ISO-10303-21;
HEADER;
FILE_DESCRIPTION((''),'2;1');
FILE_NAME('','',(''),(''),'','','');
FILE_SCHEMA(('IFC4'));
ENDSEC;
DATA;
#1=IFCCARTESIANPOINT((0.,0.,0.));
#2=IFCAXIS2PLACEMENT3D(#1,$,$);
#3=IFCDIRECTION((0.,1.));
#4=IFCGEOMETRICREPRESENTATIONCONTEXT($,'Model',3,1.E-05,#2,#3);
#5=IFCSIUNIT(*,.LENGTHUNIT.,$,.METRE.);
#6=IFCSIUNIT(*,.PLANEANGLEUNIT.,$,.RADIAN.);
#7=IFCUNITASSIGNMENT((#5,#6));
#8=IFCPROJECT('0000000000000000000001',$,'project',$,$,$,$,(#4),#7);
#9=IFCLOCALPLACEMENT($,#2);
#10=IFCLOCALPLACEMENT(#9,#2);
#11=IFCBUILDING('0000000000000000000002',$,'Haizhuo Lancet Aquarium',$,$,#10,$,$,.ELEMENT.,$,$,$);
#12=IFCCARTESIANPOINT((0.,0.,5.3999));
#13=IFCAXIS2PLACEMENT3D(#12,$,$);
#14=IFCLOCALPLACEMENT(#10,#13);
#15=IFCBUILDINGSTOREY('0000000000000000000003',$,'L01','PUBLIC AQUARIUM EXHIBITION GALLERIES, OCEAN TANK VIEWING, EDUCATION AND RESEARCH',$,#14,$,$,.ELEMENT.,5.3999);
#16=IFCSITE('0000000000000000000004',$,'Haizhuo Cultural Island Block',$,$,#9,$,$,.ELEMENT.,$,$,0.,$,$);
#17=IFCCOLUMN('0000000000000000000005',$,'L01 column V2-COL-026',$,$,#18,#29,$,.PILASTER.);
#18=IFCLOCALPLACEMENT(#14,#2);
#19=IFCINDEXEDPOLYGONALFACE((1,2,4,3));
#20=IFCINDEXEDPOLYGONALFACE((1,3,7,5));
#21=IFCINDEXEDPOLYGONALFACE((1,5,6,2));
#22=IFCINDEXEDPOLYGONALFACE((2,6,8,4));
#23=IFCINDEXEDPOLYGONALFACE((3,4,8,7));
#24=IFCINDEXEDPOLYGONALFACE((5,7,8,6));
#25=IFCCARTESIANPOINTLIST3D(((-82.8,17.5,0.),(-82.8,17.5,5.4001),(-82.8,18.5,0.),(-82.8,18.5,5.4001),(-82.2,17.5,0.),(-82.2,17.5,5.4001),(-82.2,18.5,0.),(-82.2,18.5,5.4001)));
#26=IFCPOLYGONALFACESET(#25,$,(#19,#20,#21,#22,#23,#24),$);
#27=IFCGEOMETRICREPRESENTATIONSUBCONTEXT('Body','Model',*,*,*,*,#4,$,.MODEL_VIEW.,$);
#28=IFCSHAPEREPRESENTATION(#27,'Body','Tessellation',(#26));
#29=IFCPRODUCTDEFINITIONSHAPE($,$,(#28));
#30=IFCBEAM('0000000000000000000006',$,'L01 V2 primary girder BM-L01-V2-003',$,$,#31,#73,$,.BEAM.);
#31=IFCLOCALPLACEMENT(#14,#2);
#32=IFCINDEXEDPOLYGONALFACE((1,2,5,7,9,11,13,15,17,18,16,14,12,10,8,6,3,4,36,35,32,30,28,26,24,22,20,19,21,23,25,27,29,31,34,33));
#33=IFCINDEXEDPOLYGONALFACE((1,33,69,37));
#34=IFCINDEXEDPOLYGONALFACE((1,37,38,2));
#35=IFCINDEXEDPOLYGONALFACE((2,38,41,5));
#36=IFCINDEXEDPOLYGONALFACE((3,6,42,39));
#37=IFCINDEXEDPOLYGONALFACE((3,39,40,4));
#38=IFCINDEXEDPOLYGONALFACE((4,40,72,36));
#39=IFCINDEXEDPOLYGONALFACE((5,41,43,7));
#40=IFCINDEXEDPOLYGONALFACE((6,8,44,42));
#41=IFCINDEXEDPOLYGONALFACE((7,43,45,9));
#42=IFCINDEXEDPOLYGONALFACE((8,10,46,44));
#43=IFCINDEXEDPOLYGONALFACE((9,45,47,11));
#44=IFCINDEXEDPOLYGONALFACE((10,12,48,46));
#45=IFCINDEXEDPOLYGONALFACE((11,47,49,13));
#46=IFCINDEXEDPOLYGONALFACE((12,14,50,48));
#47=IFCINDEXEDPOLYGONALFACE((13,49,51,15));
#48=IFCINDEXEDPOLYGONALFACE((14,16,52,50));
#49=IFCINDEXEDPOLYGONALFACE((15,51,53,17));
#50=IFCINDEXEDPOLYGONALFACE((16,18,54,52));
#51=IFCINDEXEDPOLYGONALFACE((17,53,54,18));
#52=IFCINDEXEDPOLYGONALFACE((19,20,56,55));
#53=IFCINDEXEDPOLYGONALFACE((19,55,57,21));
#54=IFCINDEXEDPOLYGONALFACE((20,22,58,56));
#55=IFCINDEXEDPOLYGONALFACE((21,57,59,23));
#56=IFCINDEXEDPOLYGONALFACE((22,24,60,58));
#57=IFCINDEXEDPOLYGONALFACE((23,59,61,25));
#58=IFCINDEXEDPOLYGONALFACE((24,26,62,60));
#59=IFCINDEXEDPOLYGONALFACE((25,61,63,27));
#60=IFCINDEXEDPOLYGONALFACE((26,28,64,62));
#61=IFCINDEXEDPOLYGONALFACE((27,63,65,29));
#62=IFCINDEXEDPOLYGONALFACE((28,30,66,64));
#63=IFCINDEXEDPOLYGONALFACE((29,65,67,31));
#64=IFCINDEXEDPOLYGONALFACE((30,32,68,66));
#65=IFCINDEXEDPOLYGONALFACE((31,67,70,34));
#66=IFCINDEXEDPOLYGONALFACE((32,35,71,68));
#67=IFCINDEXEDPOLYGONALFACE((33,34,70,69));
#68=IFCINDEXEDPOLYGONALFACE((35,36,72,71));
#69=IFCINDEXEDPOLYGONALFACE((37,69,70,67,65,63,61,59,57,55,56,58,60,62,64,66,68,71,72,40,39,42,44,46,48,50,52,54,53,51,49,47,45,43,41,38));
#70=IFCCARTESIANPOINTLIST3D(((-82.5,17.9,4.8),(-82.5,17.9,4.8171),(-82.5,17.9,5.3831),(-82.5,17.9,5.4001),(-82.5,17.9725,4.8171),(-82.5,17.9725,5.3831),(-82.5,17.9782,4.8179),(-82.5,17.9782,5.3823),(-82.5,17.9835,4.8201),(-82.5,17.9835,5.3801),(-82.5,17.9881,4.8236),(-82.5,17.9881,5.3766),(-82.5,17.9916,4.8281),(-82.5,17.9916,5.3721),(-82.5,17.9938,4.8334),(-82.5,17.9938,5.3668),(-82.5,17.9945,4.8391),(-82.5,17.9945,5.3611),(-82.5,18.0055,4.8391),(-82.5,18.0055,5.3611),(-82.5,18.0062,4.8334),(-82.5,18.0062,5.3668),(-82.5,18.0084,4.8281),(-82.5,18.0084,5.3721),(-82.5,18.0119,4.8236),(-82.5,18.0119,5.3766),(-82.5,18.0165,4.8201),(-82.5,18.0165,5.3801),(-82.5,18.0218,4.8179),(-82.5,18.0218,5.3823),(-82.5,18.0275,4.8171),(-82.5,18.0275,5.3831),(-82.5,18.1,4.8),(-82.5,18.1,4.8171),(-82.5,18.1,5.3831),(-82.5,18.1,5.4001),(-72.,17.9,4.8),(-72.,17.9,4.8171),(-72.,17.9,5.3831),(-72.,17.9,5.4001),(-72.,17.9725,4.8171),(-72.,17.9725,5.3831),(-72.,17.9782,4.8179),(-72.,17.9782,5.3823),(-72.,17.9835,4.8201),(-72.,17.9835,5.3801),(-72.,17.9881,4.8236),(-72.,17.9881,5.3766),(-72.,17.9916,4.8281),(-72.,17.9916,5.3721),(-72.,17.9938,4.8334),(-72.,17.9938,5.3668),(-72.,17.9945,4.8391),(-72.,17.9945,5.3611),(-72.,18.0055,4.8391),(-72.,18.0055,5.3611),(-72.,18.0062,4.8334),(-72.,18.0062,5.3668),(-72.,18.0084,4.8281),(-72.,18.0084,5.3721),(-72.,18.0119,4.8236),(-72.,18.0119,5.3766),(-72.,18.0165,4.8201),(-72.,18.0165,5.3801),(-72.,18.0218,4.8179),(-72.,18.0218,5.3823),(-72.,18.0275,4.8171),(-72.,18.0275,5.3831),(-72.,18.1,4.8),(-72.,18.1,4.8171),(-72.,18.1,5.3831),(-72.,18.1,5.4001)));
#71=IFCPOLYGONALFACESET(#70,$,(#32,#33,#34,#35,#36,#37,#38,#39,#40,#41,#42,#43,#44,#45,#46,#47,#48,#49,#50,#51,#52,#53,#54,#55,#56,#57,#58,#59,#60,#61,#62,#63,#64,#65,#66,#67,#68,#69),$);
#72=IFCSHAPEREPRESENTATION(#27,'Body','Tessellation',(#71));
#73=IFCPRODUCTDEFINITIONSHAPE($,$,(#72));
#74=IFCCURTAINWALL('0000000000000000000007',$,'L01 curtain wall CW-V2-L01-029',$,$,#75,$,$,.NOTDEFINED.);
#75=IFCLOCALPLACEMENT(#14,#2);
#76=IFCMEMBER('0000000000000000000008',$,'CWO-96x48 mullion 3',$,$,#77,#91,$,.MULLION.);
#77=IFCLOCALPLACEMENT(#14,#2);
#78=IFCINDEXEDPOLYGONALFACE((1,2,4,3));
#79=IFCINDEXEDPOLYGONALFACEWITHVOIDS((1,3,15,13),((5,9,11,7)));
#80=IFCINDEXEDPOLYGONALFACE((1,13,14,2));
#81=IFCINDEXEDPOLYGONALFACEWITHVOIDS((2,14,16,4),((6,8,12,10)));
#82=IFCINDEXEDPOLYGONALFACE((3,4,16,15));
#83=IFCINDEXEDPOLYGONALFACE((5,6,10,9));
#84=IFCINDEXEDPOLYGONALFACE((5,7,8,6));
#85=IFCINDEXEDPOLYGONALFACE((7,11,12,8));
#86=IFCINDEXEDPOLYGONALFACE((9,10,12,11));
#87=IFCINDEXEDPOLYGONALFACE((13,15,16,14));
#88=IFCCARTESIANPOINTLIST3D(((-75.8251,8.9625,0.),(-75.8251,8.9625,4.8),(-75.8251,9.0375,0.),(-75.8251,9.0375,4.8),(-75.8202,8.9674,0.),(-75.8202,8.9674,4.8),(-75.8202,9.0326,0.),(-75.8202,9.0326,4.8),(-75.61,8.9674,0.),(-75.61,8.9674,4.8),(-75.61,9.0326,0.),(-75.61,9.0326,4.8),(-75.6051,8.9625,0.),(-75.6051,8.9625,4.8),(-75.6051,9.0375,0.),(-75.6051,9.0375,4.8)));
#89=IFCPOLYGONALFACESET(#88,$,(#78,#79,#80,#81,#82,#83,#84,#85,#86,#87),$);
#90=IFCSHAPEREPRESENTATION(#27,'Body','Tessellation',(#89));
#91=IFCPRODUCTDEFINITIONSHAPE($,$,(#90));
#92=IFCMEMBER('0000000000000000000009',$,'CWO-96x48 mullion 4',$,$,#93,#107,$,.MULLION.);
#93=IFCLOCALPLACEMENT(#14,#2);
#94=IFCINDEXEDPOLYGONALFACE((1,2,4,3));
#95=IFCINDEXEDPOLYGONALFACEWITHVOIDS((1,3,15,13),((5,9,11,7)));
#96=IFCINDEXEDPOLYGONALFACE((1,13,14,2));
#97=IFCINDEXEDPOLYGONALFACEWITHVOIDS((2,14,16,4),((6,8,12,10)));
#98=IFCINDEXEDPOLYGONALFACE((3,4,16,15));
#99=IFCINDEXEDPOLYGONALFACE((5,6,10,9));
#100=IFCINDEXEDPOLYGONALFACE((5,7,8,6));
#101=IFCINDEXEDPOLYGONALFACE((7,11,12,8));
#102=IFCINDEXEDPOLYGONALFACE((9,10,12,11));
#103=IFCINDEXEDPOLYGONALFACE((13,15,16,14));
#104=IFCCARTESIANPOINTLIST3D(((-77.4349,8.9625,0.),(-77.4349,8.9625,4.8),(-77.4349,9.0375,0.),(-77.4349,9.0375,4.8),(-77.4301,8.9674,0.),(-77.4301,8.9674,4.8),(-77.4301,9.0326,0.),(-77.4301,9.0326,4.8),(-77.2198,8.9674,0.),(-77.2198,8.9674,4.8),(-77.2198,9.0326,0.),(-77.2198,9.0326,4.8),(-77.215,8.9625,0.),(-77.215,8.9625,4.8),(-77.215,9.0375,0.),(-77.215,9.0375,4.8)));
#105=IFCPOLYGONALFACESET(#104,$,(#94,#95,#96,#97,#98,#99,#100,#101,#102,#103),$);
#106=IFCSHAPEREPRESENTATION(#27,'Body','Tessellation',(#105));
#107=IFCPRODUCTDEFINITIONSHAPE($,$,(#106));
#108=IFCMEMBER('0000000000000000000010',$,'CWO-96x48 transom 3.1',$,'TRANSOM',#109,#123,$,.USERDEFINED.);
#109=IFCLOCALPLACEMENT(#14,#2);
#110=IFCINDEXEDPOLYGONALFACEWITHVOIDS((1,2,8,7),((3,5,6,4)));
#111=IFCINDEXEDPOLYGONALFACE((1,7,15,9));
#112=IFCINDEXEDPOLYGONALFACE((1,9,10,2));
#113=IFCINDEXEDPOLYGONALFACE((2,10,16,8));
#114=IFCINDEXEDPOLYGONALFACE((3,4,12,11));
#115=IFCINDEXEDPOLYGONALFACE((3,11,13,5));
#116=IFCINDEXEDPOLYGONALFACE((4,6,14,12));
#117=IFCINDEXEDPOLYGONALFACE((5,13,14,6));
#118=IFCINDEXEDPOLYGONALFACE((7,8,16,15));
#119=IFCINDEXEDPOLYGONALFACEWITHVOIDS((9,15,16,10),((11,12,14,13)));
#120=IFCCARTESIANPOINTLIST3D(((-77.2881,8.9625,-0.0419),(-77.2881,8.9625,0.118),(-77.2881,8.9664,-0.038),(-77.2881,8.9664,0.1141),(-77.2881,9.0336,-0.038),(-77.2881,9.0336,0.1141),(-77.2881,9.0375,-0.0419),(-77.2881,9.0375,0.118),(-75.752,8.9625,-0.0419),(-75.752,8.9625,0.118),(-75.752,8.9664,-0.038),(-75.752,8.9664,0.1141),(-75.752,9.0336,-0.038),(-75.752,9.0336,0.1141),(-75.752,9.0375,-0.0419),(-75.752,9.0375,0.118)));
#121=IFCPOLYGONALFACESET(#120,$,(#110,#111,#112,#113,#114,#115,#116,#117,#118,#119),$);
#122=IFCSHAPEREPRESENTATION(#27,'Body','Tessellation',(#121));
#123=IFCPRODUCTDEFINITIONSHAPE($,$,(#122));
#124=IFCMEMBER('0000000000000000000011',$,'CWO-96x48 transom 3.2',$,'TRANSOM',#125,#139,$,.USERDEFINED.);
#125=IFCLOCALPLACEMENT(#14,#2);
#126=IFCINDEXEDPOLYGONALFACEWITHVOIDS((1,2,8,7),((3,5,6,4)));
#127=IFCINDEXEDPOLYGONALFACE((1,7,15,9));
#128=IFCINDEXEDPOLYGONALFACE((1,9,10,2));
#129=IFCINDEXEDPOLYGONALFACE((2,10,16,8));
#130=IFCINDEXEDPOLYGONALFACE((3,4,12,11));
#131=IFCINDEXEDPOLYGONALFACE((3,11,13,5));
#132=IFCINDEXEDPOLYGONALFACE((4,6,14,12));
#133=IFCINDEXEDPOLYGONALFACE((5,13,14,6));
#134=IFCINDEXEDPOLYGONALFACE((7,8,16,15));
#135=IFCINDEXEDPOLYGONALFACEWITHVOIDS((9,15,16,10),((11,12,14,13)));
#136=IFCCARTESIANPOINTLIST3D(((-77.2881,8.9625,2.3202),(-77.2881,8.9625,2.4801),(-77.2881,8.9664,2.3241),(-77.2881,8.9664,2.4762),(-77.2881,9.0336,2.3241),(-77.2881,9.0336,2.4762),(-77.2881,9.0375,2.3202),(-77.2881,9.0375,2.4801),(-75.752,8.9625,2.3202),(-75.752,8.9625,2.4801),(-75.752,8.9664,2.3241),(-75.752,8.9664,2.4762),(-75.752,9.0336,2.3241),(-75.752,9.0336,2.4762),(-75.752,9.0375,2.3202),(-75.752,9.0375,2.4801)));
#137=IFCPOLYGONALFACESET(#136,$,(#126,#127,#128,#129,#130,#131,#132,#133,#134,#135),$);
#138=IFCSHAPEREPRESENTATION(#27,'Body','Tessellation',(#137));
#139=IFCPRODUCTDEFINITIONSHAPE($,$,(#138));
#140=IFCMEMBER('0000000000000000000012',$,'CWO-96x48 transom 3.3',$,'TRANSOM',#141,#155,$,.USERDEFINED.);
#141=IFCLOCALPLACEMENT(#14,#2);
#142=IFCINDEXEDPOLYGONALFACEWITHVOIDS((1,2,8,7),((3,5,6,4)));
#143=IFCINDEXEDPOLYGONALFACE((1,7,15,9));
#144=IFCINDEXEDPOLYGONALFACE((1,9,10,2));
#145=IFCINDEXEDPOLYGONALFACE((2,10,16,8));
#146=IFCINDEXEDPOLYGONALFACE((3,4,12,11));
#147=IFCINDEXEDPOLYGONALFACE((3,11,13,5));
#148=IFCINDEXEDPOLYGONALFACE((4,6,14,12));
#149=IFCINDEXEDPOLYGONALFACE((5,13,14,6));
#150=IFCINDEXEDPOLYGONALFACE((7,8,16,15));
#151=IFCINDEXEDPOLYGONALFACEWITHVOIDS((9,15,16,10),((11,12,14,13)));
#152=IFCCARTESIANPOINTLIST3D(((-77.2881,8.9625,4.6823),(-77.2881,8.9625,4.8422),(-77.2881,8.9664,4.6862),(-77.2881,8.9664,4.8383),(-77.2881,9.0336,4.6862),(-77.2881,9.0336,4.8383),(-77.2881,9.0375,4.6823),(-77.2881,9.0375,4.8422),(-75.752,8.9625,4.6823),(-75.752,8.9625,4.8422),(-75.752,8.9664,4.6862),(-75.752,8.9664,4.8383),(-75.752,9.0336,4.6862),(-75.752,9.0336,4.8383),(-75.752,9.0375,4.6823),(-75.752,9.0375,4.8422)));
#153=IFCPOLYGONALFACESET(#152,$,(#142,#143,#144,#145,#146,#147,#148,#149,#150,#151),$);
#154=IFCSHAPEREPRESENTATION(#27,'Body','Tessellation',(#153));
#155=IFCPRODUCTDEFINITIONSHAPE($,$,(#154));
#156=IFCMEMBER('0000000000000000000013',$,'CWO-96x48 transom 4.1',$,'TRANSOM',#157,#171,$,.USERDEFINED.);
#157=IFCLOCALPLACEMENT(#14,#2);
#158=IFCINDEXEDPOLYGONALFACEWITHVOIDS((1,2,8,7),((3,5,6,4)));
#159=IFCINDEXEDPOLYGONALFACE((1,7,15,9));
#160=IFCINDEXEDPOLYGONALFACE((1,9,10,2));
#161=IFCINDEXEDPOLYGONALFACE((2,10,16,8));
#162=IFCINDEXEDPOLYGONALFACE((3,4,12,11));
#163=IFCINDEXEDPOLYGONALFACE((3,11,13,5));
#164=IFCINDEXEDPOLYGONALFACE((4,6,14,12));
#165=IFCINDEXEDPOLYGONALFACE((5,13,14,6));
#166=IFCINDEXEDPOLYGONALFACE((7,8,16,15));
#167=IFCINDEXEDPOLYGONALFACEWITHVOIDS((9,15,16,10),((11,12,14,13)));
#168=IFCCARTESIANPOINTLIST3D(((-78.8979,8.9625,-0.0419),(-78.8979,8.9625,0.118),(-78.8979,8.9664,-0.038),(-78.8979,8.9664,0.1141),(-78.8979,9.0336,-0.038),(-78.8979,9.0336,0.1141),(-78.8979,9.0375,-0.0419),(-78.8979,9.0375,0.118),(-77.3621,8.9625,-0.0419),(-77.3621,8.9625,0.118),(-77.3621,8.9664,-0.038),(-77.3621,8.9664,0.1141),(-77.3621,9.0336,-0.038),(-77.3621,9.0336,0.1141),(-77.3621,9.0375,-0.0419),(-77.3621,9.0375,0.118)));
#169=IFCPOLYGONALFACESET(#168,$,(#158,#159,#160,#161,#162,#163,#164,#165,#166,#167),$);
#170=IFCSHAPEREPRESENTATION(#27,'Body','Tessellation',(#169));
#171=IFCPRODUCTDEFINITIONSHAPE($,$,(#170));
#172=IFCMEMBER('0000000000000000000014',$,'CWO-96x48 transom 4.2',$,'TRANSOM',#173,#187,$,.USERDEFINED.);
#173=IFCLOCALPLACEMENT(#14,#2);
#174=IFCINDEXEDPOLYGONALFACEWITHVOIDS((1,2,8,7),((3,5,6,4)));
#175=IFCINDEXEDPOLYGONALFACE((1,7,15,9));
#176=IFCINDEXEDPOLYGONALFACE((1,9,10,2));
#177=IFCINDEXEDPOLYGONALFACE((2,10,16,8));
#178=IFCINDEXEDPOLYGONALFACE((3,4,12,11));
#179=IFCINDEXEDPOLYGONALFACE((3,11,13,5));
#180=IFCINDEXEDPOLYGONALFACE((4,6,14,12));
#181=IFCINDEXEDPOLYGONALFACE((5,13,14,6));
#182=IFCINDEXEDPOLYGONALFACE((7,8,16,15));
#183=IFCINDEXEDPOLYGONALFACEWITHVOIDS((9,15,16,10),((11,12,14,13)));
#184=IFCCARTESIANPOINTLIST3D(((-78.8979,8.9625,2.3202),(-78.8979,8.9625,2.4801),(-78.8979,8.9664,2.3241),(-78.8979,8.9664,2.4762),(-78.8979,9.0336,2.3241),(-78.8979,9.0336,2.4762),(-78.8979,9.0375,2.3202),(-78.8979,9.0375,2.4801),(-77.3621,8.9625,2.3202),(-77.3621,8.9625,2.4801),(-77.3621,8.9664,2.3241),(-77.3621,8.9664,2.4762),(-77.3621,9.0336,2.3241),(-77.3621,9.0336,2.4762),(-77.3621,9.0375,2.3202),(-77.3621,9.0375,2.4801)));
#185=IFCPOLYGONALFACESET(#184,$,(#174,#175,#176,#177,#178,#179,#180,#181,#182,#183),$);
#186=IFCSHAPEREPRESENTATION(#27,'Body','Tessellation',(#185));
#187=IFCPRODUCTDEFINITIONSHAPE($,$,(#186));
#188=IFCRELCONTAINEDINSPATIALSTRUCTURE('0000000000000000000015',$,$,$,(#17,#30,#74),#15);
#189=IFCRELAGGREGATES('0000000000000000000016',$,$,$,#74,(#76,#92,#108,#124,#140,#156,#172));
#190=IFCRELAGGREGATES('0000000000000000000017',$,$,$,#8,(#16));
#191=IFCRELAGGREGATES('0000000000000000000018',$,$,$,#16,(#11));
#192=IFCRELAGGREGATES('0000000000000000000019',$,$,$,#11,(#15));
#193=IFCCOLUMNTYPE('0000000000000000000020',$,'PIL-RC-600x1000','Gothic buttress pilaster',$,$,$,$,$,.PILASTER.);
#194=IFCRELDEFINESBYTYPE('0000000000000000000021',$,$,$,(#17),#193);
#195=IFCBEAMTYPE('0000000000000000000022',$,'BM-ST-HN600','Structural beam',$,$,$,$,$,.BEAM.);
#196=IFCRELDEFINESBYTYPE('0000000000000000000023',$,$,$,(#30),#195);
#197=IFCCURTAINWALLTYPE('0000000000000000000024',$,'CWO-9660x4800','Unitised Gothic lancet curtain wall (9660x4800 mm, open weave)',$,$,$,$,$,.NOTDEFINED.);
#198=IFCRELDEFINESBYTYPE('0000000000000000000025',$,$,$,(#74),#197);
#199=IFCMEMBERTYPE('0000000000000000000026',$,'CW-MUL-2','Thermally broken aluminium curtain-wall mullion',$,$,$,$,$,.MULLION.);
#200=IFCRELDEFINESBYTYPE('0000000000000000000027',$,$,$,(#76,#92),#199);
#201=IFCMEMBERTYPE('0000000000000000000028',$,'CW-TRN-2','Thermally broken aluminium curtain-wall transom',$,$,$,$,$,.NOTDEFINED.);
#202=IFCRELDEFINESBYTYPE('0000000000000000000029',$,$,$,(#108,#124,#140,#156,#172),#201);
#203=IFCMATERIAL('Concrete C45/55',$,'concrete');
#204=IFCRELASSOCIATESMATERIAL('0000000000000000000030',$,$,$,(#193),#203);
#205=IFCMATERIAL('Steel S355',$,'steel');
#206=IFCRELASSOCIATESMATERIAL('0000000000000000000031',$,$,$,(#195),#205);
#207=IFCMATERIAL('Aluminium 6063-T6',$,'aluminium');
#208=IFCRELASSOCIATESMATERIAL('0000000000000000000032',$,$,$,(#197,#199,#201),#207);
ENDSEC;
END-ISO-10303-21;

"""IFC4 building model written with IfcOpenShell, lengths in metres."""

from ifc_helpers import new_model, si_unit, direction, frame, origin, origin_2d, place, context, subcontext, project, spatial, rectangle, hollow_rectangle, i_section, extrude, material, material_profile, profile_set, type_object, element, aggregate, save


model = new_model("IFC4")

# Units and contexts
model_context = context("Model", 3, precision=1e-05, world=origin(), true_north=direction((0.0, 1.0)))
body_context = subcontext(model_context, "Body", "Model", "MODEL_VIEW")
ifc_project = project(units=[si_unit("LENGTHUNIT", "METRE"), si_unit("PLANEANGLEUNIT", "RADIAN")], contexts=[model_context])

# Site, building, storey
site_placement = place(None, origin())
site = spatial("IfcSite", under=ifc_project, at=site_placement, Name="Haizhuo Cultural Island Block", CompositionType="ELEMENT", RefElevation=0.0)
building_placement = place(site_placement, origin())
building = spatial("IfcBuilding", under=site, at=building_placement, Name="Haizhuo Lancet Aquarium", CompositionType="ELEMENT")
storey_placement = place(building_placement, frame((0.0, 0.0, 5.3999)))
storey = spatial("IfcBuildingStorey", under=building, at=storey_placement, Name="L01", Description="PUBLIC AQUARIUM EXHIBITION GALLERIES, OCEAN TANK VIEWING, EDUCATION AND RESEARCH", CompositionType="ELEMENT", Elevation=5.3999)

# Column
ifc_material_1 = material(Name="Concrete C45/55", Category="concrete")
ifc_material_profile_1 = material_profile(ifc_material_1, rectangle(XDim=0.6001, YDim=1.0, at=origin_2d()), Name="RC-PIL 600x1000")
ifc_profile_set_1 = profile_set([ifc_material_profile_1], Name="Concrete C45/55")
column_type = type_object("IfcColumnType", Name="PIL-RC-600x1000", Description="Gothic buttress pilaster", PredefinedType="PILASTER", material=ifc_profile_set_1)
column_placement = place(storey_placement, frame((-82.5, 18.0, 0.0), z_axis=(0.0, 0.0, 1.0), x_axis=(1.0, 0.0, 0.0)))
element("IfcColumn", 1, at=column_placement, inside=storey, type_object=column_type, Name="L01 column V2-COL-026", PredefinedType="PILASTER", context=body_context, shape_type="SweptSolid", body=[
    extrude(rectangle(XDim=0.6001, YDim=1.0, at=origin_2d()), origin(), (0.0, 0.0, 1.0), 5.4001),
])

# Beam
ifc_material_2 = material(Name="Steel S355", Category="steel")
ifc_material_profile_2 = material_profile(ifc_material_2, i_section(OverallWidth=0.2, OverallDepth=0.6001, WebThickness=0.011, FlangeThickness=0.0171, FilletRadius=0.022, at=origin_2d()), Name="HN 600x200x11x17")
ifc_profile_set_2 = profile_set([ifc_material_profile_2], Name="Steel S355")
beam_type = type_object("IfcBeamType", Name="BM-ST-HN600", Description="Structural beam", PredefinedType="BEAM", material=ifc_profile_set_2)
beam_placement = place(storey_placement, frame((-82.5, 18.0, 5.1001), z_axis=(1.0, 0.0, 0.0), x_axis=(0.0, 1.0, 0.0)))
element("IfcBeam", 2, at=beam_placement, inside=storey, type_object=beam_type, Name="L01 V2 primary girder BM-L01-V2-003", PredefinedType="BEAM", context=body_context, shape_type="SweptSolid", body=[
    extrude(i_section(OverallWidth=0.2, OverallDepth=0.6001, WebThickness=0.011, FlangeThickness=0.0171, FilletRadius=0.022, at=origin_2d()), origin(), (0.0, 0.0, 1.0), 10.5),
])

# Curtain wall, members
ifc_material_3 = material(Name="Aluminium 6063-T6", Category="aluminium")
curtain_wall_type = type_object("IfcCurtainWallType", Name="CWO-9660x4800", Description="Unitised Gothic lancet curtain wall (9660x4800 mm, open weave)", PredefinedType="NOTDEFINED", material=ifc_material_3)
curtain_wall_placement = place(storey_placement, origin())
curtain_wall = element("IfcCurtainWall", 3, at=curtain_wall_placement, inside=storey, type_object=curtain_wall_type, Name="L01 curtain wall CW-V2-L01-029", PredefinedType="NOTDEFINED")
ifc_material_profile_3 = material_profile(ifc_material_3, hollow_rectangle(XDim=0.075, YDim=0.22, WallThickness=0.0049, at=origin_2d()), Name="ALU-M 75x220x5")
ifc_profile_set_3 = profile_set([ifc_material_profile_3], Name="Aluminium 6063-T6")
member_type_1 = type_object("IfcMemberType", Name="CW-MUL-2", Description="Thermally broken aluminium curtain-wall mullion", PredefinedType="MULLION", material=ifc_profile_set_3)
member_1_placement = place(storey_placement, frame((-75.7151, 9.0, 0.0), z_axis=(0.0, 0.0, 1.0), x_axis=(0.0, -1.0, 0.0)))
member_1 = element("IfcMember", 4, at=member_1_placement, type_object=member_type_1, Name="CWO-96x48 mullion 3", PredefinedType="MULLION", context=body_context, shape_type="SweptSolid", body=[
    extrude(hollow_rectangle(XDim=0.075, YDim=0.22, WallThickness=0.0049, at=origin_2d()), origin(), (0.0, 0.0, 1.0), 4.8),
])
member_2_placement = place(storey_placement, frame((-77.325, 9.0, 0.0), z_axis=(0.0, 0.0, 1.0), x_axis=(0.0, -1.0, 0.0)))
member_2 = element("IfcMember", 5, at=member_2_placement, type_object=member_type_1, Name="CWO-96x48 mullion 4", PredefinedType="MULLION", context=body_context, shape_type="SweptSolid", body=[
    extrude(hollow_rectangle(XDim=0.075, YDim=0.22, WallThickness=0.0049, at=origin_2d()), origin(), (0.0, 0.0, 1.0), 4.8),
])
ifc_material_profile_4 = material_profile(ifc_material_3, hollow_rectangle(XDim=0.075, YDim=0.1599, WallThickness=0.0039, at=origin_2d()), Name="ALU-T 75x160x4")
ifc_profile_set_4 = profile_set([ifc_material_profile_4], Name="Aluminium 6063-T6")
member_type_2 = type_object("IfcMemberType", Name="CW-TRN-2", Description="Thermally broken aluminium curtain-wall transom", PredefinedType="NOTDEFINED", material=ifc_profile_set_4)
member_3_placement = place(storey_placement, frame((-75.752, 9.0, 0.0381), z_axis=(-1.0, 0.0, 0.0), x_axis=(0.0, -1.0, 0.0)))
member_3 = element("IfcMember", 6, at=member_3_placement, type_object=member_type_2, Name="CWO-96x48 transom 3.1", ObjectType="TRANSOM", PredefinedType="USERDEFINED", context=body_context, shape_type="SweptSolid", body=[
    extrude(hollow_rectangle(XDim=0.075, YDim=0.1599, WallThickness=0.0039, at=origin_2d()), origin(), (0.0, 0.0, 1.0), 1.5361),
])
member_4_placement = place(storey_placement, frame((-75.752, 9.0, 2.4001), z_axis=(-1.0, 0.0, 0.0), x_axis=(0.0, -1.0, 0.0)))
member_4 = element("IfcMember", 7, at=member_4_placement, type_object=member_type_2, Name="CWO-96x48 transom 3.2", ObjectType="TRANSOM", PredefinedType="USERDEFINED", context=body_context, shape_type="SweptSolid", body=[
    extrude(hollow_rectangle(XDim=0.075, YDim=0.1599, WallThickness=0.0039, at=origin_2d()), origin(), (0.0, 0.0, 1.0), 1.5361),
])
member_5_placement = place(storey_placement, frame((-75.752, 9.0, 4.7622), z_axis=(-1.0, 0.0, 0.0), x_axis=(0.0, -1.0, 0.0)))
member_5 = element("IfcMember", 8, at=member_5_placement, type_object=member_type_2, Name="CWO-96x48 transom 3.3", ObjectType="TRANSOM", PredefinedType="USERDEFINED", context=body_context, shape_type="SweptSolid", body=[
    extrude(hollow_rectangle(XDim=0.075, YDim=0.1599, WallThickness=0.0039, at=origin_2d()), origin(), (0.0, 0.0, 1.0), 1.5361),
])
member_6_placement = place(storey_placement, frame((-77.3621, 9.0, 0.0381), z_axis=(-1.0, 0.0, 0.0), x_axis=(0.0, -1.0, 0.0)))
member_6 = element("IfcMember", 9, at=member_6_placement, type_object=member_type_2, Name="CWO-96x48 transom 4.1", ObjectType="TRANSOM", PredefinedType="USERDEFINED", context=body_context, shape_type="SweptSolid", body=[
    extrude(hollow_rectangle(XDim=0.075, YDim=0.1599, WallThickness=0.0039, at=origin_2d()), origin(), (0.0, 0.0, 1.0), 1.5359),
])
member_7_placement = place(storey_placement, frame((-77.3621, 9.0, 2.4001), z_axis=(-1.0, 0.0, 0.0), x_axis=(0.0, -1.0, 0.0)))
member_7 = element("IfcMember", 10, at=member_7_placement, type_object=member_type_2, Name="CWO-96x48 transom 4.2", ObjectType="TRANSOM", PredefinedType="USERDEFINED", context=body_context, shape_type="SweptSolid", body=[
    extrude(hollow_rectangle(XDim=0.075, YDim=0.1599, WallThickness=0.0039, at=origin_2d()), origin(), (0.0, 0.0, 1.0), 1.5359),
])

aggregate(curtain_wall, [member_1, member_2, member_3, member_4, member_5, member_6, member_7])

save(model, "model.ifc")
